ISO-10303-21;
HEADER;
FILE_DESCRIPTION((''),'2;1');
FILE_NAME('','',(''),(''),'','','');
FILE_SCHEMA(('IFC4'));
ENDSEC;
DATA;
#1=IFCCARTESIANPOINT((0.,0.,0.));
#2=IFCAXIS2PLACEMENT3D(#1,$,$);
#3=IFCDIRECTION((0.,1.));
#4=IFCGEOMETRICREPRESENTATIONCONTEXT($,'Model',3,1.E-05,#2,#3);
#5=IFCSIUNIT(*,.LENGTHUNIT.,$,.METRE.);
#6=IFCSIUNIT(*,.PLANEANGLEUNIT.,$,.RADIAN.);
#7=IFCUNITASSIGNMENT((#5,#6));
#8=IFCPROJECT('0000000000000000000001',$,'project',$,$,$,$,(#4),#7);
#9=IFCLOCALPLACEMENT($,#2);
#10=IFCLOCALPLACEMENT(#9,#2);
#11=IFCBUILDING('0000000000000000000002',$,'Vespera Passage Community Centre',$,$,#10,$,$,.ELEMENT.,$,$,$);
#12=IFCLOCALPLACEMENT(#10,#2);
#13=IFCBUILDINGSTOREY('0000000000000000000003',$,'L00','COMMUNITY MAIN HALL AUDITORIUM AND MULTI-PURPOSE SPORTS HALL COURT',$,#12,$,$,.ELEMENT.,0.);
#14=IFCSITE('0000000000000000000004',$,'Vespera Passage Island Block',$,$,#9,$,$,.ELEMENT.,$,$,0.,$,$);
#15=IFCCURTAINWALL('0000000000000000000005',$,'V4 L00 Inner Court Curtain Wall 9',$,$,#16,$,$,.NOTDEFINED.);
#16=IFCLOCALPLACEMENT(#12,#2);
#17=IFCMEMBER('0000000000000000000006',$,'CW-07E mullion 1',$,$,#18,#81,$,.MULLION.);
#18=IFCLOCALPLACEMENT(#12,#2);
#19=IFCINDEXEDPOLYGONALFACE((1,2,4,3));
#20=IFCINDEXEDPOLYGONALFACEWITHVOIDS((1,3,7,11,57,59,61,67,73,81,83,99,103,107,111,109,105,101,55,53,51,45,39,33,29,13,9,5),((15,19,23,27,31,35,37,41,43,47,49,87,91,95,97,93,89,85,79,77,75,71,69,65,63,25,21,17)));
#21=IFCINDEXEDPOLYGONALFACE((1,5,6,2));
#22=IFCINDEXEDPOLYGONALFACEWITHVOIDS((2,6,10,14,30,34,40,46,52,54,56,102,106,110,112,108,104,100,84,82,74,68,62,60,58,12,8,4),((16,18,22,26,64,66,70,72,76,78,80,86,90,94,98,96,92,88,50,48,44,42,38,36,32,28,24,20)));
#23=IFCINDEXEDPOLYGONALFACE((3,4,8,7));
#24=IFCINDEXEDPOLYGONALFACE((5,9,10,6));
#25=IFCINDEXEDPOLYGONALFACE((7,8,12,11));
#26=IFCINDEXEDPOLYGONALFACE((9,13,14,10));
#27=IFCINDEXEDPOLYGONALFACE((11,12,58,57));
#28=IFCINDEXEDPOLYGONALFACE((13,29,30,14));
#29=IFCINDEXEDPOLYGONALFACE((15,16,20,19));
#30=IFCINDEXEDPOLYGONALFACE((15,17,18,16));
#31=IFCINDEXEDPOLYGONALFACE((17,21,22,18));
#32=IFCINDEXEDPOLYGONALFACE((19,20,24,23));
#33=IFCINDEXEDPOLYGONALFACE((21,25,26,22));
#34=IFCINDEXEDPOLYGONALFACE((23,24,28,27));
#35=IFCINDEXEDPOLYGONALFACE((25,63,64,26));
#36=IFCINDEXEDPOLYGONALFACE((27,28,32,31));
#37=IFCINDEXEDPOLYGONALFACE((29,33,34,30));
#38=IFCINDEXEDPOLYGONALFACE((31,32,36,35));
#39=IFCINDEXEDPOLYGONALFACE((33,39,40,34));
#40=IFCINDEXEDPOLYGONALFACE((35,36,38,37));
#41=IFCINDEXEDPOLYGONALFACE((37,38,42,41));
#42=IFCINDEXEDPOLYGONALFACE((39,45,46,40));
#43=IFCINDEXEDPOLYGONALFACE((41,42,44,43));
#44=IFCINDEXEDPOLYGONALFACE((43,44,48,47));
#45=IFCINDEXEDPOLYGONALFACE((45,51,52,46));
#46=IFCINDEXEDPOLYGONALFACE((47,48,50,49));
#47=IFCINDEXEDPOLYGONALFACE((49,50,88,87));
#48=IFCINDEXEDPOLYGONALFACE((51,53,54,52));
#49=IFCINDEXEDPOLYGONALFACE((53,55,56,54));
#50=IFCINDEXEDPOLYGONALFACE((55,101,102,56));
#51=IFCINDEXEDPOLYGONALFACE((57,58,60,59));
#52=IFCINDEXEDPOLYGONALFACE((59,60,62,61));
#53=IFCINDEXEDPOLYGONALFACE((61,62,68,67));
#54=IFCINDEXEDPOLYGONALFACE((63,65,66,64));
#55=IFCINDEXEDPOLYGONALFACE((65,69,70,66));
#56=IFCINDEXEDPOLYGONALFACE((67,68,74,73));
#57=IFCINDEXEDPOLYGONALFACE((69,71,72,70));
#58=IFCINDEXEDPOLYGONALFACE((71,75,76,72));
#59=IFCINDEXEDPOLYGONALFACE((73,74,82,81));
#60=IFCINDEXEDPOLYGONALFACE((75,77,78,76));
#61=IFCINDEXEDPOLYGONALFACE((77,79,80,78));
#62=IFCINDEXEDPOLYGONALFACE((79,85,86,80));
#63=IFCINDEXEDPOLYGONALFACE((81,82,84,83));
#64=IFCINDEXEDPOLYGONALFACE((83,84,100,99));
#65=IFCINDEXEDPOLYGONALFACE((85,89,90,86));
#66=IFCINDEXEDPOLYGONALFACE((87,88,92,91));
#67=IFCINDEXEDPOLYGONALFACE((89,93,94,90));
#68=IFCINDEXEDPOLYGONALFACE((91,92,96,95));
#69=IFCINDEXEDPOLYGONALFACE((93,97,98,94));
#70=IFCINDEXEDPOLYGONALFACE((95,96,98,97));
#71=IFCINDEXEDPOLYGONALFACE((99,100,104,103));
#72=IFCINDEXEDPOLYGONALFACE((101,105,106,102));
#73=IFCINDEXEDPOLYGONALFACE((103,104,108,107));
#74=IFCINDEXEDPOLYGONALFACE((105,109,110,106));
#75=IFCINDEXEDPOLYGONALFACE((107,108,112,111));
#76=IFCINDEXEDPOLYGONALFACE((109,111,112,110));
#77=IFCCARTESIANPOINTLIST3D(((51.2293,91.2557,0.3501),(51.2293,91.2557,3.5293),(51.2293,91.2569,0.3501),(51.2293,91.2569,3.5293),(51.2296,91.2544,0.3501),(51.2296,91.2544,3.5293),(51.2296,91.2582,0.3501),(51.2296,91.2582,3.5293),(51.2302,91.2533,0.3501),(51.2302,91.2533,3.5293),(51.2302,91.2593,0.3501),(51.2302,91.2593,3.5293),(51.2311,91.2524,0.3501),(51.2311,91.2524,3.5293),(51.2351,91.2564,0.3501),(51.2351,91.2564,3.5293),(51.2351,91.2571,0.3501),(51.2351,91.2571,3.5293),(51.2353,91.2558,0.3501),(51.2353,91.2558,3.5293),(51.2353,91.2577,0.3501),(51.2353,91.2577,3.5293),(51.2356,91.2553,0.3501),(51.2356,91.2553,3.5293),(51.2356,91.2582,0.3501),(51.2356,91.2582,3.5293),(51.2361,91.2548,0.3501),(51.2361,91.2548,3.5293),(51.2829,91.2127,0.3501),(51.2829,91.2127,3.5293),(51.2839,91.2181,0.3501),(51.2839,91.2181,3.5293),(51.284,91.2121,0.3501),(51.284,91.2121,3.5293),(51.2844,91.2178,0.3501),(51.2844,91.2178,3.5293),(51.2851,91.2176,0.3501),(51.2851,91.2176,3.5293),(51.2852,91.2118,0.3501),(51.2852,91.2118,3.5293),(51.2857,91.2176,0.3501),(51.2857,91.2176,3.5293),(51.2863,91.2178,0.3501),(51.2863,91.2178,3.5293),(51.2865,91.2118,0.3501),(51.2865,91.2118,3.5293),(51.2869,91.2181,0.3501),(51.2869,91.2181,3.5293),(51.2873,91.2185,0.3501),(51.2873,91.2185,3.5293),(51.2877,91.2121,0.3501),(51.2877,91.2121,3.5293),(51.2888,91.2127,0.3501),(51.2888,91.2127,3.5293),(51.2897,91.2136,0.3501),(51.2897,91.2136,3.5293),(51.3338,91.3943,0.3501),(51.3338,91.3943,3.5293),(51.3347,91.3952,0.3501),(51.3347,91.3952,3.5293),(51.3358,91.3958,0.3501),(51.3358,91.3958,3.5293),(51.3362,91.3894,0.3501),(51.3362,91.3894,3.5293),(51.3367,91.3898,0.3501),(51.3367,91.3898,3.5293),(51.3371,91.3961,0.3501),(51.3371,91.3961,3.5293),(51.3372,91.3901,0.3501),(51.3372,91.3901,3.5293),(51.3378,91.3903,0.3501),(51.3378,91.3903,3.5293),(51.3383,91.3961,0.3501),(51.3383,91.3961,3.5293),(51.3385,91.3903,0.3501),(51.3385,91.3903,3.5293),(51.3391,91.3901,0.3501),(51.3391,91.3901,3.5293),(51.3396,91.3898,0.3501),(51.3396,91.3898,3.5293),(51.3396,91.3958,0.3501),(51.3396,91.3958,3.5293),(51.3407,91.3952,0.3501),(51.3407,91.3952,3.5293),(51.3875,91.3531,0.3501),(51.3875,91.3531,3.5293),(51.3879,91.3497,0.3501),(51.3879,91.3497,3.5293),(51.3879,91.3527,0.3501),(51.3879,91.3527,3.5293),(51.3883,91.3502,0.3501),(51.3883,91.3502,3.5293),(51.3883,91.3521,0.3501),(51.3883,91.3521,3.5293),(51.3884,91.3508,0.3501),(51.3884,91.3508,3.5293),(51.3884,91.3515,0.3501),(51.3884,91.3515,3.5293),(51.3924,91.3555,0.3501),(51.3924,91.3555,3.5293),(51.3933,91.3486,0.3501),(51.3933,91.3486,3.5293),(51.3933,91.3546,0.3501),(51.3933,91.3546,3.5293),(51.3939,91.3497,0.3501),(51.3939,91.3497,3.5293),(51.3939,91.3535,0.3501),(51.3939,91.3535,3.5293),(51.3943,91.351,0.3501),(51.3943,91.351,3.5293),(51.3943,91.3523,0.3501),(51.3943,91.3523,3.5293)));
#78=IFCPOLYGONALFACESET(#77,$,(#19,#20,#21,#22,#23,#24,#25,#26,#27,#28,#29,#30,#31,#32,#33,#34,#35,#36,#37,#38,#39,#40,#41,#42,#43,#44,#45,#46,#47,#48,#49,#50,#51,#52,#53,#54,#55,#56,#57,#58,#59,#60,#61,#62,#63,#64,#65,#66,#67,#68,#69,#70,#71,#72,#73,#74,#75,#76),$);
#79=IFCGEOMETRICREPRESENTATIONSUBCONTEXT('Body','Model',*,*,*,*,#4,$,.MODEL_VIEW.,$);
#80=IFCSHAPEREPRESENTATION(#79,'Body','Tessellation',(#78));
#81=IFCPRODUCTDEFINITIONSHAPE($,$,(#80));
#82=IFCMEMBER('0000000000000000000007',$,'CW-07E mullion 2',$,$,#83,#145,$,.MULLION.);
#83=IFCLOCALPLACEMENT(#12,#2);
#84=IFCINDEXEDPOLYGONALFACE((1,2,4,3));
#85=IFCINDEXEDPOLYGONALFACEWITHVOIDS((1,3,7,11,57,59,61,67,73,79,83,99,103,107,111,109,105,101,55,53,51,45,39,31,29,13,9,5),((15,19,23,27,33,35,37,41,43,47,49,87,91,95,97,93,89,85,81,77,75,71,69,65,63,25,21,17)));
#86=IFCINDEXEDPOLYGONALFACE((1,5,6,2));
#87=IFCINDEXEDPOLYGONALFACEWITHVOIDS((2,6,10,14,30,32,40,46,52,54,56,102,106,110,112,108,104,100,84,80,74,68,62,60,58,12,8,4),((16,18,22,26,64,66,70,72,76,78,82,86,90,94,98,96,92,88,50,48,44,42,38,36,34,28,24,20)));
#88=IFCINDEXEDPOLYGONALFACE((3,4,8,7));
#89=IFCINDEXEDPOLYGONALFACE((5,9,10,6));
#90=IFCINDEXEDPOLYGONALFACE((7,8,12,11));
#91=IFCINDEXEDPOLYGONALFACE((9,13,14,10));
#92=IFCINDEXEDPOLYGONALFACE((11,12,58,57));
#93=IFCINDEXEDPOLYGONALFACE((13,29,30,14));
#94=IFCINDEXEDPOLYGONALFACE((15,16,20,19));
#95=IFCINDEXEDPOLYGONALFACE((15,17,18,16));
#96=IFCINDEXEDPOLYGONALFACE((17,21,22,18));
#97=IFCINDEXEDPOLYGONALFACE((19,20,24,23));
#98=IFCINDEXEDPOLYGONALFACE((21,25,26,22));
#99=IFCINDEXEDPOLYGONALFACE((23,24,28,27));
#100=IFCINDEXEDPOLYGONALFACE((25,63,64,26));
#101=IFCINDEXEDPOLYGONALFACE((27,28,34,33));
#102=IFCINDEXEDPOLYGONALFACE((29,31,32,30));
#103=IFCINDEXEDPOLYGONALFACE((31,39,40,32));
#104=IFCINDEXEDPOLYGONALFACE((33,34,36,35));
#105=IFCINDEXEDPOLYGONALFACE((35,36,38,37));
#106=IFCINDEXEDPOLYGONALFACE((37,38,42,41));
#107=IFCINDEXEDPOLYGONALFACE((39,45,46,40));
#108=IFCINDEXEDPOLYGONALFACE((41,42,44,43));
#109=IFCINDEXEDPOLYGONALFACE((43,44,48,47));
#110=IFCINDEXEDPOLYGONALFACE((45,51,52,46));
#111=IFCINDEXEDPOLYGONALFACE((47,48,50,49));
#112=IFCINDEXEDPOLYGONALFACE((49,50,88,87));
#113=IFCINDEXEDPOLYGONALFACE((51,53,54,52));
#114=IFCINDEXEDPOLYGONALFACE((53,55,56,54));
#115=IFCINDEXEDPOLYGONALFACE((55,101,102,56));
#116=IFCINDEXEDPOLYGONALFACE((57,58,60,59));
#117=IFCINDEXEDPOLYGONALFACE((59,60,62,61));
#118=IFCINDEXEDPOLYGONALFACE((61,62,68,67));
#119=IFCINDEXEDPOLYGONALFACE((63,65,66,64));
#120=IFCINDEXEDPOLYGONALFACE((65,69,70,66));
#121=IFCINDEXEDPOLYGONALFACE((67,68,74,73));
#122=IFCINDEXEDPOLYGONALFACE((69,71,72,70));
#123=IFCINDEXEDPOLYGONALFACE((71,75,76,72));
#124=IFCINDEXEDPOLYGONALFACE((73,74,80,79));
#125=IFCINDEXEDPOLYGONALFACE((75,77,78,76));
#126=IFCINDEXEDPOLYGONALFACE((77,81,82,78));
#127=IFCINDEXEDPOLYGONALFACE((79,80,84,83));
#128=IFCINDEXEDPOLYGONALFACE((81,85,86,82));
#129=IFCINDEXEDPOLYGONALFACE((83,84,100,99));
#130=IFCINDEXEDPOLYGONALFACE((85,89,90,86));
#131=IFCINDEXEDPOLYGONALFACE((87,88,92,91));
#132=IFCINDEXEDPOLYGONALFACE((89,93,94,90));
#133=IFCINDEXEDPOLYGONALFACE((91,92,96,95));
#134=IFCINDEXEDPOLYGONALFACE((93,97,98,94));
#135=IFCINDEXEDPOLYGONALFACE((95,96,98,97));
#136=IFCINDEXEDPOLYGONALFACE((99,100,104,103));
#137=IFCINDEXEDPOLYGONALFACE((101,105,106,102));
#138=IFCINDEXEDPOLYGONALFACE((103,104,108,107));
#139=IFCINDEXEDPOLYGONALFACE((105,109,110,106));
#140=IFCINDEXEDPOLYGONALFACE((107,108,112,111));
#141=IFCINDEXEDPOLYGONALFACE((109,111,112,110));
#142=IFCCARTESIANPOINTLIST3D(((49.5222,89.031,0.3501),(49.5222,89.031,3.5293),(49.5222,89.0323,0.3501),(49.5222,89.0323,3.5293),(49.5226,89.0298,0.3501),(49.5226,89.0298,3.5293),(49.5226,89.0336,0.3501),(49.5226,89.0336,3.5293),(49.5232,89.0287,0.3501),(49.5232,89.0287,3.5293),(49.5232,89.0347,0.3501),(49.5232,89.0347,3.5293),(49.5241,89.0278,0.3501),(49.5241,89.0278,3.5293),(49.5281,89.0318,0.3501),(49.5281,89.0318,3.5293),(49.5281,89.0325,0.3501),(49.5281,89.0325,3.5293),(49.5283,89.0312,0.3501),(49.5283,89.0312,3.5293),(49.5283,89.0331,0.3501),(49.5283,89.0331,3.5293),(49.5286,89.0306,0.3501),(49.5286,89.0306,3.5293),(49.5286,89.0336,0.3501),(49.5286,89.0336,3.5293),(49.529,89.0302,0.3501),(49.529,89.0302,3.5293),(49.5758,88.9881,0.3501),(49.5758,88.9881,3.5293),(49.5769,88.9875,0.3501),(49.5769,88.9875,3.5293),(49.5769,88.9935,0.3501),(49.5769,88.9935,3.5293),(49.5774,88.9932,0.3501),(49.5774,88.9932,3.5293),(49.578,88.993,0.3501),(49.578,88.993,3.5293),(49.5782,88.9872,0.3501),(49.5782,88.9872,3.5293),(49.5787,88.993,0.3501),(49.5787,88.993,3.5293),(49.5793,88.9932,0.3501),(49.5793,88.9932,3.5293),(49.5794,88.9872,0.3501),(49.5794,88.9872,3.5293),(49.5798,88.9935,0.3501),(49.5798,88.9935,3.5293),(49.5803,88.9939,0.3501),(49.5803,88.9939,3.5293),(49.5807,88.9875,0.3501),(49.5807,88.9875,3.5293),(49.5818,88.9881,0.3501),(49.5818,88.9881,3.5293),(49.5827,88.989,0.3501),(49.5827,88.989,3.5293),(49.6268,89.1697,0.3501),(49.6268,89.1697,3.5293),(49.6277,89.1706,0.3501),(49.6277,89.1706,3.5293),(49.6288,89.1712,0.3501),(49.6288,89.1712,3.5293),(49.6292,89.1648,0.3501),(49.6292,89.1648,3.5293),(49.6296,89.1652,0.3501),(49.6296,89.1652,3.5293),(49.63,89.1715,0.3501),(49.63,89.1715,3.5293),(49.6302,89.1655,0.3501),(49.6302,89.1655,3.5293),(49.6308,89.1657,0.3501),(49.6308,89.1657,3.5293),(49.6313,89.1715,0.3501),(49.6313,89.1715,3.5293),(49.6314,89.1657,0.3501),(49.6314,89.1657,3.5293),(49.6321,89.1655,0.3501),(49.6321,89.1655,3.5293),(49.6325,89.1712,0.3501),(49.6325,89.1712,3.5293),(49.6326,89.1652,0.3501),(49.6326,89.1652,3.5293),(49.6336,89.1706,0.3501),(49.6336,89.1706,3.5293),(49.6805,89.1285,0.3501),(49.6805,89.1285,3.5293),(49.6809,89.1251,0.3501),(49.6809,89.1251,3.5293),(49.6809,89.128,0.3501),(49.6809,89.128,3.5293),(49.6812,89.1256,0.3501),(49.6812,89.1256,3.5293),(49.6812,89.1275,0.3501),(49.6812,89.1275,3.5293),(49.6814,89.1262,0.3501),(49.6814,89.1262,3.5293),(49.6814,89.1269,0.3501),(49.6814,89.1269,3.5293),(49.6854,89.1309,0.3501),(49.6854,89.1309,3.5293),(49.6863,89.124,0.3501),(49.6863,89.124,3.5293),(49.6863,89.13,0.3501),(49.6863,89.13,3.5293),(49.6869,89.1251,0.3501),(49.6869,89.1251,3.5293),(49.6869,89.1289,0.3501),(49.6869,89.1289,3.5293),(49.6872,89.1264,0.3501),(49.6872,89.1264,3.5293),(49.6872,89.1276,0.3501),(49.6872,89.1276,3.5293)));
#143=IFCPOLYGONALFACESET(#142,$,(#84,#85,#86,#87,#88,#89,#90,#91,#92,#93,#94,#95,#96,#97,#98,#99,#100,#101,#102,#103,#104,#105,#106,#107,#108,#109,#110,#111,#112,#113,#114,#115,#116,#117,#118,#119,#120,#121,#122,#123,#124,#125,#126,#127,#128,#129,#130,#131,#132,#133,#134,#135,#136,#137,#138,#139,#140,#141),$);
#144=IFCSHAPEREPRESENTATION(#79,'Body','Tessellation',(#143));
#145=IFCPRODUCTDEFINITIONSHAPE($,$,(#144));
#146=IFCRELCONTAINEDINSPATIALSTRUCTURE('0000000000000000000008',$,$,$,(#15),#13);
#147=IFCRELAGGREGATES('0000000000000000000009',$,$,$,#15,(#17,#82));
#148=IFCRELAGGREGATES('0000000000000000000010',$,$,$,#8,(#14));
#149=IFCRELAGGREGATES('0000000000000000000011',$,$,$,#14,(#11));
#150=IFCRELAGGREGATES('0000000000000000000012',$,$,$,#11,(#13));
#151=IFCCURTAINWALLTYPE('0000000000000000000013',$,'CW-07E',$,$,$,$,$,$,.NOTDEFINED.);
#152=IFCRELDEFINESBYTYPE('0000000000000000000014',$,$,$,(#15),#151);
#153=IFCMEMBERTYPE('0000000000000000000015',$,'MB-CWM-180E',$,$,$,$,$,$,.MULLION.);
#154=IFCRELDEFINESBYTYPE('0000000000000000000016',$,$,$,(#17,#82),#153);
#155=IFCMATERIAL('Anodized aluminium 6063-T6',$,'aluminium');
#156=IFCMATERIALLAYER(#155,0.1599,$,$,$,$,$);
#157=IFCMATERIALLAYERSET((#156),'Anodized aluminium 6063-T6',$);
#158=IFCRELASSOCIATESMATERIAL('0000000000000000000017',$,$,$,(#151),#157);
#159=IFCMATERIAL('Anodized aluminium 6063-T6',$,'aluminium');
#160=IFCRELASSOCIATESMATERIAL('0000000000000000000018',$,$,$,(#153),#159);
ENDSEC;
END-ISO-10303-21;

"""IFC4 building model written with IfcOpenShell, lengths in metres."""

from ifc_helpers import new_model, si_unit, direction, frame, origin, origin_2d, place, context, subcontext, project, spatial, hollow_rectangle, extrude, material, layer, layer_set, material_profile, profile_set, type_object, element, aggregate, save


model = new_model("IFC4")

# Units and contexts
model_context = context("Model", 3, precision=1e-05, world=origin(), true_north=direction((0.0, 1.0)))
body_context = subcontext(model_context, "Body", "Model", "MODEL_VIEW")
ifc_project = project(units=[si_unit("LENGTHUNIT", "METRE"), si_unit("PLANEANGLEUNIT", "RADIAN")], contexts=[model_context])

# Site, building, storey
site_placement = place(None, origin())
site = spatial("IfcSite", under=ifc_project, at=site_placement, Name="Vespera Passage Island Block", CompositionType="ELEMENT", RefElevation=0.0)
building_placement = place(site_placement, origin())
building = spatial("IfcBuilding", under=site, at=building_placement, Name="Vespera Passage Community Centre", CompositionType="ELEMENT")
storey_placement = place(building_placement, origin())
storey = spatial("IfcBuildingStorey", under=building, at=storey_placement, Name="L00", Description="COMMUNITY MAIN HALL AUDITORIUM AND MULTI-PURPOSE SPORTS HALL COURT", CompositionType="ELEMENT", Elevation=0.0)

# Curtain wall, members
ifc_material_1 = material(Name="Anodized aluminium 6063-T6", Category="aluminium")
ifc_layer_1 = layer(ifc_material_1, 0.1599)
ifc_layer_set_1 = layer_set([ifc_layer_1], Name="Anodized aluminium 6063-T6")
curtain_wall_type_1 = type_object("IfcCurtainWallType", Name="CW-07E", PredefinedType="NOTDEFINED", material=ifc_layer_set_1)
curtain_wall_1_placement = place(storey_placement, origin())
curtain_wall_1 = element("IfcCurtainWall", 1, at=curtain_wall_1_placement, inside=storey, type_object=curtain_wall_type_1, Name="V4 L00 Inner Court Curtain Wall 9", PredefinedType="NOTDEFINED")
ifc_material_2 = material(Name="Anodized aluminium 6063-T6", Category="aluminium")
ifc_material_profile_1 = material_profile(ifc_material_2, hollow_rectangle(XDim=0.075, YDim=0.1799, WallThickness=0.0049, InnerFilletRadius=0.0024, OuterFilletRadius=0.0049, at=origin_2d()), Name="ALU180X75X5")
ifc_profile_set_1 = profile_set([ifc_material_profile_1], Name="Anodized aluminium 6063-T6")
member_type_1 = type_object("IfcMemberType", Name="MB-CWM-180E", PredefinedType="MULLION", material=ifc_profile_set_1)
member_1_placement = place(storey_placement, frame((51.3118, 91.304, 0.3501), z_axis=(0.0, 0.0, 1.0), x_axis=(0.793358, -0.608755, 0.0)))
member_1 = element("IfcMember", 2, at=member_1_placement, type_object=member_type_1, Name="CW-07E mullion 1", PredefinedType="MULLION", context=body_context, shape_type="SweptSolid", body=[
    extrude(hollow_rectangle(XDim=0.075, YDim=0.1799, WallThickness=0.0049, InnerFilletRadius=0.0024, OuterFilletRadius=0.0049, at=origin_2d()), origin(), (0.0, 0.0, 1.0), 3.1792),
])
member_2_placement = place(storey_placement, frame((49.6047, 89.0793, 0.3501), z_axis=(0.0, 0.0, 1.0), x_axis=(0.793358, -0.608755, 0.0)))
member_2 = element("IfcMember", 3, at=member_2_placement, type_object=member_type_1, Name="CW-07E mullion 2", PredefinedType="MULLION", context=body_context, shape_type="SweptSolid", body=[
    extrude(hollow_rectangle(XDim=0.075, YDim=0.1799, WallThickness=0.0049, InnerFilletRadius=0.0024, OuterFilletRadius=0.0049, at=origin_2d()), origin(), (0.0, 0.0, 1.0), 3.1792),
])
aggregate(curtain_wall_1, [member_1, member_2])

save(model, "model.ifc")
